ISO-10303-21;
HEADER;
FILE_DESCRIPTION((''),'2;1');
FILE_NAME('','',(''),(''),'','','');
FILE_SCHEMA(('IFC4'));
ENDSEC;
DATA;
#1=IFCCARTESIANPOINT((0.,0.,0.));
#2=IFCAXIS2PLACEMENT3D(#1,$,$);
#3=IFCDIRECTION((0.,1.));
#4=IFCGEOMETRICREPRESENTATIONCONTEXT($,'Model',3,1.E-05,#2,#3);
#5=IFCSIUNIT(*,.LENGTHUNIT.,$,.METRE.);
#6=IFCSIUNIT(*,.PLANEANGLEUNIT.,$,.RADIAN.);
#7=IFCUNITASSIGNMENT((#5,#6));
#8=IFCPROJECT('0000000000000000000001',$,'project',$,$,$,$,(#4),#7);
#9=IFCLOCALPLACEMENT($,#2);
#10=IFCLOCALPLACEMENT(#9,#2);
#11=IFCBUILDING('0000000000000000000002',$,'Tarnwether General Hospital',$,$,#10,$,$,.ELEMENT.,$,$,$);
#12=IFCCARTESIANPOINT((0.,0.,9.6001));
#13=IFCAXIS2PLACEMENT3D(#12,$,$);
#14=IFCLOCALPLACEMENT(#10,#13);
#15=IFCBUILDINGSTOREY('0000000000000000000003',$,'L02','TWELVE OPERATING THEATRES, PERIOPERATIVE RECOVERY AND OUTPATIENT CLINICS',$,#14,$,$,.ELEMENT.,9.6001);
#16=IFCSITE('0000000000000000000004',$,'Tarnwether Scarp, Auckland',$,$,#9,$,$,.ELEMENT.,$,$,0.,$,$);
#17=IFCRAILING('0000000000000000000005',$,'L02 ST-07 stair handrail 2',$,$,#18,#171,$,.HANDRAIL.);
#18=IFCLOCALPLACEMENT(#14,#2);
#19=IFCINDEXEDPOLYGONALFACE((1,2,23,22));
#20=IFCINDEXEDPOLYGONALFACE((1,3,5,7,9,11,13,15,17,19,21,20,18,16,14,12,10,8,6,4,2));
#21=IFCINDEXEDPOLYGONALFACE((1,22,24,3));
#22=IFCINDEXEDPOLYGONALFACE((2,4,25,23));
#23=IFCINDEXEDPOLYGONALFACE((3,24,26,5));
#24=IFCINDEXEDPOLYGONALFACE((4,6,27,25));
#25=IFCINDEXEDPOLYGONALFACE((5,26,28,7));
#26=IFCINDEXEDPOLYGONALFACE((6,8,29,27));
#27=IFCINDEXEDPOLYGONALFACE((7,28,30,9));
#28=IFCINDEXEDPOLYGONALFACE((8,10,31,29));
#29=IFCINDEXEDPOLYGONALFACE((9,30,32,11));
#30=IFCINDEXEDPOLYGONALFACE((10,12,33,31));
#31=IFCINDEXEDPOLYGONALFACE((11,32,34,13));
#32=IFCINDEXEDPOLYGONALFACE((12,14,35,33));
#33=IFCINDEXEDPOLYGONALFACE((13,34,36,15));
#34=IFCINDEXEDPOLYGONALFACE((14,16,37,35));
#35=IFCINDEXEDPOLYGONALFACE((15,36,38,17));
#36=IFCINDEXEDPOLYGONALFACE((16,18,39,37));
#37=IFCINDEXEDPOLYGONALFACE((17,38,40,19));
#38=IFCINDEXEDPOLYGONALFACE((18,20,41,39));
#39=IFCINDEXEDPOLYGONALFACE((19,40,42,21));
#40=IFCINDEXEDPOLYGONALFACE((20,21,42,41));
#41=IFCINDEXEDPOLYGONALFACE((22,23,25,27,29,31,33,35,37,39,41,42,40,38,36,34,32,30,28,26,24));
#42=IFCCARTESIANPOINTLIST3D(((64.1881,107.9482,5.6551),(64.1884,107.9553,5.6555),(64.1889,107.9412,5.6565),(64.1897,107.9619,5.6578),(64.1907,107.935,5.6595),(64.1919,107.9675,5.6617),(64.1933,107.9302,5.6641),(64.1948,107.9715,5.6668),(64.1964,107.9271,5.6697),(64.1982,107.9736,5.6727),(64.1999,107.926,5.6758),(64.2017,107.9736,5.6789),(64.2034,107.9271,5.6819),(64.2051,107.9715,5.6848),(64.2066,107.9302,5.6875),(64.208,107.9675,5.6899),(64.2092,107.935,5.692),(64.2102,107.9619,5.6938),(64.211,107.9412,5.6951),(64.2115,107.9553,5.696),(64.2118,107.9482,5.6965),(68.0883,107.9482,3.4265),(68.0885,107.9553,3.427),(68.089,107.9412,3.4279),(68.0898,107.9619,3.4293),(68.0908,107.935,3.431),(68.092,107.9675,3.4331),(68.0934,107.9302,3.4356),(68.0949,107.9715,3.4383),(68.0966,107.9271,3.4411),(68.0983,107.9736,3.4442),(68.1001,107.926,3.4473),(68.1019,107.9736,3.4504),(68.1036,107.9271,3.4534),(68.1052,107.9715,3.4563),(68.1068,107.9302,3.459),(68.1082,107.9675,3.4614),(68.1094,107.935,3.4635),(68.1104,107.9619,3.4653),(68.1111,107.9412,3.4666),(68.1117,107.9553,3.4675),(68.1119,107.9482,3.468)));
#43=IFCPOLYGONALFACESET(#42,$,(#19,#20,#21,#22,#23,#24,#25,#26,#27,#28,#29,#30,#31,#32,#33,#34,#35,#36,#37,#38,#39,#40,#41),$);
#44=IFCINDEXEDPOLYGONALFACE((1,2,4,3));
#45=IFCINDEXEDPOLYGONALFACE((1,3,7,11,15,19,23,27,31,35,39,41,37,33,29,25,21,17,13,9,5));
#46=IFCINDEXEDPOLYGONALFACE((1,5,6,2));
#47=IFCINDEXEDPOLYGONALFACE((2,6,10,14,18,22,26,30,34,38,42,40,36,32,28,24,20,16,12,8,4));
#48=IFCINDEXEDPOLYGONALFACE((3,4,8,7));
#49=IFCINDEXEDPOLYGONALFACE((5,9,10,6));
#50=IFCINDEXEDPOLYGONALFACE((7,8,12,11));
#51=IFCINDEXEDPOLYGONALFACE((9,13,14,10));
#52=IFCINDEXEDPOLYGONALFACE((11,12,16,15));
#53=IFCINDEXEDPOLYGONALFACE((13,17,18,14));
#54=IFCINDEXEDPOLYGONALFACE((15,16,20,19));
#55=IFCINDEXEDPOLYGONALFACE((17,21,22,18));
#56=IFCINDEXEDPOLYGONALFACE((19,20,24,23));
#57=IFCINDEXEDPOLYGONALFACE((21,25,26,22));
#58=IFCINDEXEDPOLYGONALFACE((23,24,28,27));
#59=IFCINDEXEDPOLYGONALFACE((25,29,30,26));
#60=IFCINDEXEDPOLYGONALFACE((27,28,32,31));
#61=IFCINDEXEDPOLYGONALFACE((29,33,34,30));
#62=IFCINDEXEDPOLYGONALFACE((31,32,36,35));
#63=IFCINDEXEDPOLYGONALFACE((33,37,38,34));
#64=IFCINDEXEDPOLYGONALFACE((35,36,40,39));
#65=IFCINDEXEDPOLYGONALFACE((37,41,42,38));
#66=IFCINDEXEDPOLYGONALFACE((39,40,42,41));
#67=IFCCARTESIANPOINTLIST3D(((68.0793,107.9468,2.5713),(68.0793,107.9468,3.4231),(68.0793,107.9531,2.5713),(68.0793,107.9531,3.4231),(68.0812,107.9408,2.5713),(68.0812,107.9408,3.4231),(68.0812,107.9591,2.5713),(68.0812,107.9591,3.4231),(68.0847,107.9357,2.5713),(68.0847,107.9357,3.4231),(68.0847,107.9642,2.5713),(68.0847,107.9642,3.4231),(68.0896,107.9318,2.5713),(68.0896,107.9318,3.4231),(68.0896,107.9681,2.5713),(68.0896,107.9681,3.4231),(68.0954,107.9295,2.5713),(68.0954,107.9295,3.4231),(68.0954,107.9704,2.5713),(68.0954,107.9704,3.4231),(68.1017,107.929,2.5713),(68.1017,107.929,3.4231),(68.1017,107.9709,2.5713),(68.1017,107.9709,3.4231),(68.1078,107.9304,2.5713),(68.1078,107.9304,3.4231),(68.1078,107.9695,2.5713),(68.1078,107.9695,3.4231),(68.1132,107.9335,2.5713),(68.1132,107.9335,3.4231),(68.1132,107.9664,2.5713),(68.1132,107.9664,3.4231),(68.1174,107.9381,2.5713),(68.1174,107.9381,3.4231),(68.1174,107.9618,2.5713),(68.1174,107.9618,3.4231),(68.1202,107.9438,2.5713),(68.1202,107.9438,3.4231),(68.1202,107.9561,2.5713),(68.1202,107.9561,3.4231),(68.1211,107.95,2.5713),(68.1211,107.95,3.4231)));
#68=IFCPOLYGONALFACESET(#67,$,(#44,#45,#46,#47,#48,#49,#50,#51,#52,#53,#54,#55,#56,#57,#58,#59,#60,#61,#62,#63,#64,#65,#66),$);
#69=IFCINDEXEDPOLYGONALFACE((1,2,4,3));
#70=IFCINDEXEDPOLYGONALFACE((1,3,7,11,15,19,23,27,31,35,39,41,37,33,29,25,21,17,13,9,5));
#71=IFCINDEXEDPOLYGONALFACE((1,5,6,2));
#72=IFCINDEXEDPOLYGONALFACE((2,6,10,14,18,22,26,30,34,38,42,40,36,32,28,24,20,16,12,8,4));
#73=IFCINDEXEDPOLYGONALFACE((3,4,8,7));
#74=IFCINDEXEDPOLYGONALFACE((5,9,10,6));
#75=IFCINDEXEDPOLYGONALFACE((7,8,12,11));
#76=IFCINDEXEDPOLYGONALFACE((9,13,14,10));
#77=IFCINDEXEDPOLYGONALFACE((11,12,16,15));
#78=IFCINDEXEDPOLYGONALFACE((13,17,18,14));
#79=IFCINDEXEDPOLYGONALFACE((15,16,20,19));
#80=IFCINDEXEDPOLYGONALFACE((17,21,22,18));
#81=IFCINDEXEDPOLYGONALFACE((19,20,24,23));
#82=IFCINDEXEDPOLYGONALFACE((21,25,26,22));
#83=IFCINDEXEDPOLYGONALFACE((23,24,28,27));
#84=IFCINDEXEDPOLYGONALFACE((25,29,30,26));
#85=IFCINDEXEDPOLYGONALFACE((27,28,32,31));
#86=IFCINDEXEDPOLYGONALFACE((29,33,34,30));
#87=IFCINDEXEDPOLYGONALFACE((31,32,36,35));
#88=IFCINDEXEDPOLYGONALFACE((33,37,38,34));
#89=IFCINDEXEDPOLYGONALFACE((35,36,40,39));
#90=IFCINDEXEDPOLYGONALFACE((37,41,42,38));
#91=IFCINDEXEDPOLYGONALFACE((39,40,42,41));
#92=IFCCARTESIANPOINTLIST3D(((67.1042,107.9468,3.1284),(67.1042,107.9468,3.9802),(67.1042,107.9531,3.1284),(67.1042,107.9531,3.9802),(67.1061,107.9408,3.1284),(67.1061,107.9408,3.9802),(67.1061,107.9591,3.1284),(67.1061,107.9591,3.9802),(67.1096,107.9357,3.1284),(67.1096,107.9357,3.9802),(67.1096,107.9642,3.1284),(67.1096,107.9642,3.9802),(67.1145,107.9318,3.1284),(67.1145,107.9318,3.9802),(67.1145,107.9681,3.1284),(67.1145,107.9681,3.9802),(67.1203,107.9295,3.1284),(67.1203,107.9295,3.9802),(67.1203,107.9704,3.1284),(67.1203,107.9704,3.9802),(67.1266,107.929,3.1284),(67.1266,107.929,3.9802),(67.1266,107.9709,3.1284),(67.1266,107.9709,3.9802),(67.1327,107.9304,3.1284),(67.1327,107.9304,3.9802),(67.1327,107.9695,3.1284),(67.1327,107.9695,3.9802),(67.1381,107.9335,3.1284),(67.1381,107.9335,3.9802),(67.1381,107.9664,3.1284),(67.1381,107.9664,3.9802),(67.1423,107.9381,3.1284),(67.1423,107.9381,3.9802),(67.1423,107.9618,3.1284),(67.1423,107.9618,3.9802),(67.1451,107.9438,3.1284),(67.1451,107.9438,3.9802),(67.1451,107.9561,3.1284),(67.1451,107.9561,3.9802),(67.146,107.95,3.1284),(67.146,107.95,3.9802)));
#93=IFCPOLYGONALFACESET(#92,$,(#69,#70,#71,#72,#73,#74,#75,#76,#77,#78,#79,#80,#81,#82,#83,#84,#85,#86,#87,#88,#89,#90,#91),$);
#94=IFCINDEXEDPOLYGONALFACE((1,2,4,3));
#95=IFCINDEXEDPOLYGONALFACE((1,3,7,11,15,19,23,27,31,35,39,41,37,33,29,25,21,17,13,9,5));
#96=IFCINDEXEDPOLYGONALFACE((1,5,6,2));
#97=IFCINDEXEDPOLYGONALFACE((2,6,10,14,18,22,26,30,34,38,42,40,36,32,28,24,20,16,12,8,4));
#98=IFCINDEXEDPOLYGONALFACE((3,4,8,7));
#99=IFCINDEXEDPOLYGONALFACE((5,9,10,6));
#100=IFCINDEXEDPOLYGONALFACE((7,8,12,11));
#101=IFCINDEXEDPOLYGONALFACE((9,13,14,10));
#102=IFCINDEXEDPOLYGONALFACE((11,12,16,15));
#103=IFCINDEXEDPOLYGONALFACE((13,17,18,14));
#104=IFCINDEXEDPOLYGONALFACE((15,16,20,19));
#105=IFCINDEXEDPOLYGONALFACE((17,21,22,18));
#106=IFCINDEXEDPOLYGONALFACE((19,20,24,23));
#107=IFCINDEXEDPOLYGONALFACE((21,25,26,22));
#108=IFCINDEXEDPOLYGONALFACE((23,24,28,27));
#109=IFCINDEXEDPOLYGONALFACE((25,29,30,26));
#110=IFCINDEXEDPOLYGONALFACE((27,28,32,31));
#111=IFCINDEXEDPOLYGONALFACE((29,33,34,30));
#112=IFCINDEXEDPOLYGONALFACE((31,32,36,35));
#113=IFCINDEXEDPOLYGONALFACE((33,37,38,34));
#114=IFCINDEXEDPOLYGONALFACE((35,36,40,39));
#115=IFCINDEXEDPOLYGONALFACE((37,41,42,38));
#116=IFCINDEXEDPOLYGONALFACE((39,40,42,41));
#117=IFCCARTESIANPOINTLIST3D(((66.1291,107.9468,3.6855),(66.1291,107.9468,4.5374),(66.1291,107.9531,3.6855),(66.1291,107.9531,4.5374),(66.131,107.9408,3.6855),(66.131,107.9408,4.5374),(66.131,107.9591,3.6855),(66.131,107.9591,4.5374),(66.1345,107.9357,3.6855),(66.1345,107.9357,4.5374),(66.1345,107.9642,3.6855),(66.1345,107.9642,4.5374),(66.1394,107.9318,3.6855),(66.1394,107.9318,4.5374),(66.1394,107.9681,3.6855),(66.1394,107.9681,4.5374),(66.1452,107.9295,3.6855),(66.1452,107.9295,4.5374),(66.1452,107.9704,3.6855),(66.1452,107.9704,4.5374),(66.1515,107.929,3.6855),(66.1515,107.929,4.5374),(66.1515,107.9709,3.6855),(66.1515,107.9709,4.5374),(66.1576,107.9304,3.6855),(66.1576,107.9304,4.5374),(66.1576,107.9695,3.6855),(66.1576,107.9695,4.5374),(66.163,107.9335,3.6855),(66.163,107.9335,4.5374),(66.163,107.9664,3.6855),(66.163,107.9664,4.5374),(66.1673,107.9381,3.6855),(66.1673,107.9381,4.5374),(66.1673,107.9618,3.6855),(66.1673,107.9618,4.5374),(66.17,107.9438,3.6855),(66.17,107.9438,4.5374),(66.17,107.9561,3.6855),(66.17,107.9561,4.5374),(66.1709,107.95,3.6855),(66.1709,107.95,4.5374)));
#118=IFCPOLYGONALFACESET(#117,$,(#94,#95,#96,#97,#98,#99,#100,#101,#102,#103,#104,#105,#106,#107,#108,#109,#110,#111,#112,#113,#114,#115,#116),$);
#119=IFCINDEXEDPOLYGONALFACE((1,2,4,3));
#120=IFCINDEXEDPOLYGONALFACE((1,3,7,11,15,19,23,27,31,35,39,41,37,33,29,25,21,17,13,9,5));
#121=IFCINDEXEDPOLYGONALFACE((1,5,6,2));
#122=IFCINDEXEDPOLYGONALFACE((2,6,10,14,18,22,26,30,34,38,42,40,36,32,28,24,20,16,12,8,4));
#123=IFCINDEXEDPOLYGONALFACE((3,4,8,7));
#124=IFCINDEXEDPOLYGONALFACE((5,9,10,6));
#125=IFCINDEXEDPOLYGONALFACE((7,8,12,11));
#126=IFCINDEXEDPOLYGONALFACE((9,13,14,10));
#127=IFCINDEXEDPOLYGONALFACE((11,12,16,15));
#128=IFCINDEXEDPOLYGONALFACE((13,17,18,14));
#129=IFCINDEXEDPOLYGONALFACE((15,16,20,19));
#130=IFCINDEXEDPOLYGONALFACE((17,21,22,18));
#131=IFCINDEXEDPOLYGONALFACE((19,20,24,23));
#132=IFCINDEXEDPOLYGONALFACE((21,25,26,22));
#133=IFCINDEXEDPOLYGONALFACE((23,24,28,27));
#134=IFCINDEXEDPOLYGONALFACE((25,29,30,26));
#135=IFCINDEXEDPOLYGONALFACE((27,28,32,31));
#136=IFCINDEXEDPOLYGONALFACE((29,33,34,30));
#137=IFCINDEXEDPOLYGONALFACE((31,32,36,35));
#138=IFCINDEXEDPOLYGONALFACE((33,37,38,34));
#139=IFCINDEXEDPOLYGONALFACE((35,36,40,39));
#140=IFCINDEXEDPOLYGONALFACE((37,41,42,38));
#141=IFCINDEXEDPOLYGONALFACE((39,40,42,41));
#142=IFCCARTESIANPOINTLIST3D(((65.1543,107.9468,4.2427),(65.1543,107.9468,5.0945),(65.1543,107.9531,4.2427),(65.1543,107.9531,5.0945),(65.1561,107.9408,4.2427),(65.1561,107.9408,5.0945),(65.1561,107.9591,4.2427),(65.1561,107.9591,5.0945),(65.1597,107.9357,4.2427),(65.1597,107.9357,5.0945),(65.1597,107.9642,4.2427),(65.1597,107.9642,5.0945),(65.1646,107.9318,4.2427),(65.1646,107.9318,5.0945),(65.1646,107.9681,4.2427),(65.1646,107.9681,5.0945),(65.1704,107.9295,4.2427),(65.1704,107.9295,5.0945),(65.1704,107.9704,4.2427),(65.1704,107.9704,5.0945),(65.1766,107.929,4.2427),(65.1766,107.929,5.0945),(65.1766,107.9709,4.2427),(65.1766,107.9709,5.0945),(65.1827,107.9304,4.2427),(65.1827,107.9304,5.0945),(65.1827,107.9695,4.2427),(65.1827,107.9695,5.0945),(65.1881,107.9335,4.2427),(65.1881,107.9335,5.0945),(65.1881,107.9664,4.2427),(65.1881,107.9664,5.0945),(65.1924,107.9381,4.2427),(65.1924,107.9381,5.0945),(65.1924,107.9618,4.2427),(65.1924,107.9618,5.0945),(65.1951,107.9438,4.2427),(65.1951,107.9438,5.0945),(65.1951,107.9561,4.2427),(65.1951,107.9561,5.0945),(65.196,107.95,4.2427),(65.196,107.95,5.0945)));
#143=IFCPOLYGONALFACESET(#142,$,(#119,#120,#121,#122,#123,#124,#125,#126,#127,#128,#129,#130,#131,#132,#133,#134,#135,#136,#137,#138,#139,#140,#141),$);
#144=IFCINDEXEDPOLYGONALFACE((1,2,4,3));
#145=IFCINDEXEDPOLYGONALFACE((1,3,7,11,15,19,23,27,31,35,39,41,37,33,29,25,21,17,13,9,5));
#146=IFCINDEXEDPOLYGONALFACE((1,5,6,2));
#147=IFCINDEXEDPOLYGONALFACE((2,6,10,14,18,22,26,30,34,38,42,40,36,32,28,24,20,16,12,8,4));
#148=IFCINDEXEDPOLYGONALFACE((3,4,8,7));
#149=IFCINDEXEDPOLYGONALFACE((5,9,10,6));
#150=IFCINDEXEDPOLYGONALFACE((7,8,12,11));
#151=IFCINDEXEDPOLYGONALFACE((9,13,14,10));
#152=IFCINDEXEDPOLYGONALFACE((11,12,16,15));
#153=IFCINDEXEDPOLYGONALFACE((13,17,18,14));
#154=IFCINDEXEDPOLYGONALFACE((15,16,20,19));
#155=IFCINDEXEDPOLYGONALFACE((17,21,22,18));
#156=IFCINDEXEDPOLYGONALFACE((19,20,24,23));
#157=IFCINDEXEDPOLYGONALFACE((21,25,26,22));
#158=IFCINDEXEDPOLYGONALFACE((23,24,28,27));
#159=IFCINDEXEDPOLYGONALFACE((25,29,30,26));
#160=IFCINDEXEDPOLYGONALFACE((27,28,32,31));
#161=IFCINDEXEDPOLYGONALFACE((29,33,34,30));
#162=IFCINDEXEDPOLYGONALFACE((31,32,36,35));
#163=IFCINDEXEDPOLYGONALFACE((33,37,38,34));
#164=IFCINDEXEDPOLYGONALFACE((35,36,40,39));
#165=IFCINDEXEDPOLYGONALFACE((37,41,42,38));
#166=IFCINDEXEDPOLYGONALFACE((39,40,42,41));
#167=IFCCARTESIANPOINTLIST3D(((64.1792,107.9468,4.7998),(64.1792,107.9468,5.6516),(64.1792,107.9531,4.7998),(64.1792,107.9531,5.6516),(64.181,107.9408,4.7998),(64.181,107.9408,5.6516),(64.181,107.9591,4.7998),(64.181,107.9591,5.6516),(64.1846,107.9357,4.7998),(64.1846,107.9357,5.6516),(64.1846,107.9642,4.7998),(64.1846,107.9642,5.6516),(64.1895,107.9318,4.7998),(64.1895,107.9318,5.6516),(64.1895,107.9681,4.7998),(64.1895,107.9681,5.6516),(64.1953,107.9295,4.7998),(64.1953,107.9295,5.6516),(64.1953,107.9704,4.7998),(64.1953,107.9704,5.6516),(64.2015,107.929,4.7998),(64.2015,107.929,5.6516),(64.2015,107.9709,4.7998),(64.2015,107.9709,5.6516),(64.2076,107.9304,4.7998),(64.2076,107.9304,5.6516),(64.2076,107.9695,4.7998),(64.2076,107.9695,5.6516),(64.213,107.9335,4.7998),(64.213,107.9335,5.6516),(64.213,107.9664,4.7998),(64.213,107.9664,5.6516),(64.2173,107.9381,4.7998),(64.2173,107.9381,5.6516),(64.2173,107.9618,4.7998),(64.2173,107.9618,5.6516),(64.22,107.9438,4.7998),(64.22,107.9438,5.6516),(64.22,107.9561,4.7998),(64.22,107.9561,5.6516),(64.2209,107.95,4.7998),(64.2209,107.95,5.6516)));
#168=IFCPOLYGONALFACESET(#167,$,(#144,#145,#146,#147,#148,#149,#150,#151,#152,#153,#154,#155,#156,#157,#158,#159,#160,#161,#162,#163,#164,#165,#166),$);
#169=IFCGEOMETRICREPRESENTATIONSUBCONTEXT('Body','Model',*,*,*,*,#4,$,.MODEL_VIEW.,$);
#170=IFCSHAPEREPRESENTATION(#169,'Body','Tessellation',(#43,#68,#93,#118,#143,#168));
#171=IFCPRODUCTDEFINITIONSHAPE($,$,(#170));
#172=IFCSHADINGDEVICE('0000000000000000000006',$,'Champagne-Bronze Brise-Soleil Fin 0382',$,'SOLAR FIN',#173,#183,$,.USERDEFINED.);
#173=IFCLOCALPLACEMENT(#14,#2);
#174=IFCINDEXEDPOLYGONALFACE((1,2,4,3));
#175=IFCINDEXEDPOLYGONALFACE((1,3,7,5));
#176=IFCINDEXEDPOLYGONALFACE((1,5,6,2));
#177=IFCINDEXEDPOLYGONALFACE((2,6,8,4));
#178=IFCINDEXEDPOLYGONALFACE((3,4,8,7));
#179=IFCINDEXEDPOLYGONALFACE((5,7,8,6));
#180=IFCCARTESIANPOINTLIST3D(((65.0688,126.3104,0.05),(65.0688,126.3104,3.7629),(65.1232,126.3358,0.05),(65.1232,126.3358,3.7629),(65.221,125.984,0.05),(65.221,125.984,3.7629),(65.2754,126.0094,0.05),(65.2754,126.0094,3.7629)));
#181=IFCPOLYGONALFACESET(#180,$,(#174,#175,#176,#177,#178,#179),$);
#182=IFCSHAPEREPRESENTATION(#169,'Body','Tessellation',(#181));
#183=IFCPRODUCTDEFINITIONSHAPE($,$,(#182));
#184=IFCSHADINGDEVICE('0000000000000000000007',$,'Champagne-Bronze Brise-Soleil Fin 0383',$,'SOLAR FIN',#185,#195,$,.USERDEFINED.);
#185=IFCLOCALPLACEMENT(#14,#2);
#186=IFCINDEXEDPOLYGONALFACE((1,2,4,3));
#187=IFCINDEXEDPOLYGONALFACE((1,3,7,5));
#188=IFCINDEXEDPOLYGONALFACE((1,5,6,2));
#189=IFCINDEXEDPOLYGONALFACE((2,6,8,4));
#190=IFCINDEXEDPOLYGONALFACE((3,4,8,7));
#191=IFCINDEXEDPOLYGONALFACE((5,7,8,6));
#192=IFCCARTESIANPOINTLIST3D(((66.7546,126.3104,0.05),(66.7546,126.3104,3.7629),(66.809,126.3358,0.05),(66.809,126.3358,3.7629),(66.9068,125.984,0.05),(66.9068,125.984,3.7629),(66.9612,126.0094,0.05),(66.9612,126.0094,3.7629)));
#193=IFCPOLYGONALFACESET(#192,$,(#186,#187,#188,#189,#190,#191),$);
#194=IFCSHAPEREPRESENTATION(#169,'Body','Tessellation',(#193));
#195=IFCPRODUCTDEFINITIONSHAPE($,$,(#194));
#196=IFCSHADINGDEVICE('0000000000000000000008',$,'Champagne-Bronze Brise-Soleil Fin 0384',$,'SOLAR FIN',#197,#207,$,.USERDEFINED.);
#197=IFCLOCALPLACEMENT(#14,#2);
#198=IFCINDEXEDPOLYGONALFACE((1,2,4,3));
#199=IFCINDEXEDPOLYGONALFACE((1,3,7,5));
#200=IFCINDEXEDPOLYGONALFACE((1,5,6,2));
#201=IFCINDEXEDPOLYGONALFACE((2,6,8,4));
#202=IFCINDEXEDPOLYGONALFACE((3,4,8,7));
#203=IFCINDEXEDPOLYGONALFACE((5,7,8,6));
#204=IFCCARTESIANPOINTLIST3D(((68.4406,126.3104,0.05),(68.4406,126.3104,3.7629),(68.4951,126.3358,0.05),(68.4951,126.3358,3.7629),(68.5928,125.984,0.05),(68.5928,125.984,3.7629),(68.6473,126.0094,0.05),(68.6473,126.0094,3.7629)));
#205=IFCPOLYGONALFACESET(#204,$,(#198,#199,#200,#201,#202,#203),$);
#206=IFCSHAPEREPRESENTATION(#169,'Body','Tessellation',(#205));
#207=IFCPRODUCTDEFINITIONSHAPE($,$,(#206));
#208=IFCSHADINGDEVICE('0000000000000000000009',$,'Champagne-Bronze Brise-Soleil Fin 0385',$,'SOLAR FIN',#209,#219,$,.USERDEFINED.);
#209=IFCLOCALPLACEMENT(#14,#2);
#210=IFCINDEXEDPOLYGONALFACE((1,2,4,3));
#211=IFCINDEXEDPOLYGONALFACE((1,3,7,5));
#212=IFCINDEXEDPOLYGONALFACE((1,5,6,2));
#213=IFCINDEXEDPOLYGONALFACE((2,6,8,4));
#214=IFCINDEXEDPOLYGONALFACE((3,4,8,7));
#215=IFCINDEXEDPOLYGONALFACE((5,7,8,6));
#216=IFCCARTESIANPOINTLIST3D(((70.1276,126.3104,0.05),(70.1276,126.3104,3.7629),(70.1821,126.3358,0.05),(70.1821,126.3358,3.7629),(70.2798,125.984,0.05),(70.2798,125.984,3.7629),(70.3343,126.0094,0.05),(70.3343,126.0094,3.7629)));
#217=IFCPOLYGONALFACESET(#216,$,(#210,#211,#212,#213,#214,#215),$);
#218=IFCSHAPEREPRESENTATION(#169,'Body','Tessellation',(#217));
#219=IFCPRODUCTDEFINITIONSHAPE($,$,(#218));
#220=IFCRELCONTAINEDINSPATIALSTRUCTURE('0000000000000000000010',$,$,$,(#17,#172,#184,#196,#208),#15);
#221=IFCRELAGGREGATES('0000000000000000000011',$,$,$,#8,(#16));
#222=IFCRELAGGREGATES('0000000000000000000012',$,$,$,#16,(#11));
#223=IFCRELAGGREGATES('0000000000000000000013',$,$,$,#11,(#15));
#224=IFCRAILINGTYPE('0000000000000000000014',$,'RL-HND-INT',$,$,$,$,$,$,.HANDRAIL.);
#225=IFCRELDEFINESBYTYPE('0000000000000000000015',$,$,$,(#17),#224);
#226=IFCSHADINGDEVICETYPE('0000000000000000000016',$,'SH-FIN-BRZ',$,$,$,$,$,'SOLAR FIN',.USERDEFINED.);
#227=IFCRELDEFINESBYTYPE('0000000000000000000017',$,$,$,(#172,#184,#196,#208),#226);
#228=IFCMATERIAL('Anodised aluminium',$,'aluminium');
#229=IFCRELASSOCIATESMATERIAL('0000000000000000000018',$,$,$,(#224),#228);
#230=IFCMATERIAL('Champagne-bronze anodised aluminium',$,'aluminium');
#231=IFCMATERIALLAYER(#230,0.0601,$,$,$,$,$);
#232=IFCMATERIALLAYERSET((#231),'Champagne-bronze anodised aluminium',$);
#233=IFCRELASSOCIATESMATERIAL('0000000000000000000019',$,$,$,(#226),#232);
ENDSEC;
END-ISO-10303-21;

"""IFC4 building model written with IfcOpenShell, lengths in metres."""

from ifc_helpers import new_model, si_unit, direction, frame, origin, origin_2d, place, context, subcontext, project, spatial, rectangle, circle, extrude, material, layer, layer_set, type_object, element, save


model = new_model("IFC4")

# Units and contexts
model_context = context("Model", 3, precision=1e-05, world=origin(), true_north=direction((0.0, 1.0)))
body_context = subcontext(model_context, "Body", "Model", "MODEL_VIEW")
ifc_project = project(units=[si_unit("LENGTHUNIT", "METRE"), si_unit("PLANEANGLEUNIT", "RADIAN")], contexts=[model_context])

# Site, building, storey
site_placement = place(None, origin())
site = spatial("IfcSite", under=ifc_project, at=site_placement, Name="Tarnwether Scarp, Auckland", CompositionType="ELEMENT", RefElevation=0.0)
building_placement = place(site_placement, origin())
building = spatial("IfcBuilding", under=site, at=building_placement, Name="Tarnwether General Hospital", CompositionType="ELEMENT")
storey_placement = place(building_placement, frame((0.0, 0.0, 9.6001)))
storey = spatial("IfcBuildingStorey", under=building, at=storey_placement, Name="L02", Description="TWELVE OPERATING THEATRES, PERIOPERATIVE RECOVERY AND OUTPATIENT CLINICS", CompositionType="ELEMENT", Elevation=9.6001)

# Railing
ifc_material_1 = material(Name="Anodised aluminium", Category="aluminium")
railing_type_1 = type_object("IfcRailingType", Name="RL-HND-INT", PredefinedType="HANDRAIL", material=ifc_material_1)
railing_1_placement = place(storey_placement, frame((68.1001, 107.95, 2.5713)))
element("IfcRailing", 1, at=railing_1_placement, inside=storey, type_object=railing_type_1, Name="L02 ST-07 stair handrail 2", PredefinedType="HANDRAIL", context=body_context, shape_type="SweptSolid", body=[
    extrude(circle(Radius=0.0239, at=origin_2d()), frame((0.0, 0.0, 0.876), z_axis=(-0.868257, 0.0, 0.496116), x_axis=(0.0, -1.0, 0.0)), (0.0, 0.0, 1.0), 4.4919),
    extrude(circle(Radius=0.021, at=origin_2d()), origin(), (0.0, 0.0, 1.0), 0.8518),
    extrude(circle(Radius=0.021, at=origin_2d()), frame((-0.9751, 0.0, 0.5571)), (0.0, 0.0, 1.0), 0.8518),
    extrude(circle(Radius=0.021, at=origin_2d()), frame((-1.9502, 0.0, 1.1143)), (0.0, 0.0, 1.0), 0.8518),
    extrude(circle(Radius=0.021, at=origin_2d()), frame((-2.925, 0.0, 1.6714)), (0.0, 0.0, 1.0), 0.8518),
    extrude(circle(Radius=0.021, at=origin_2d()), frame((-3.9001, 0.0, 2.2285)), (0.0, 0.0, 1.0), 0.8518),
])

# Shading devices
ifc_material_2 = material(Name="Champagne-bronze anodised aluminium", Category="aluminium")
ifc_layer_1 = layer(ifc_material_2, 0.0601)
ifc_layer_set_1 = layer_set([ifc_layer_1], Name="Champagne-bronze anodised aluminium")
shading_device_type = type_object("IfcShadingDeviceType", Name="SH-FIN-BRZ", ElementType="SOLAR FIN", PredefinedType="USERDEFINED", material=ifc_layer_set_1)
for number, where, z_axis, x_axis, name in (
    (2, (65.1721, 126.1599, 0.05), (0.0, 0.0, 1.0), (0.906308, 0.422618, 0.0), "Champagne-Bronze Brise-Soleil Fin 0382"),
    (3, (66.8579, 126.1599, 0.05), (0.0, 0.0, 1.0), (0.906308, 0.422618, 0.0), "Champagne-Bronze Brise-Soleil Fin 0383"),
    (4, (68.5439, 126.1599, 0.05), (0.0, 0.0, 1.0), (0.906308, 0.422618, 0.0), "Champagne-Bronze Brise-Soleil Fin 0384"),
    (5, (70.231, 126.1599, 0.05), (0.0, 0.0, 1.0), (0.906308, 0.422618, 0.0), "Champagne-Bronze Brise-Soleil Fin 0385"),
):
    element("IfcShadingDevice", number, at=place(storey_placement, frame(where, z_axis=z_axis, x_axis=x_axis)), inside=storey, type_object=shading_device_type, Name=name, ObjectType="SOLAR FIN", PredefinedType="USERDEFINED", context=body_context, shape_type="SweptSolid", body=[
        extrude(rectangle(XDim=0.0601, YDim=0.3601, at=origin_2d()), origin(), (0.0, 0.0, 1.0), 3.7129),
    ])

save(model, "model.ifc")
